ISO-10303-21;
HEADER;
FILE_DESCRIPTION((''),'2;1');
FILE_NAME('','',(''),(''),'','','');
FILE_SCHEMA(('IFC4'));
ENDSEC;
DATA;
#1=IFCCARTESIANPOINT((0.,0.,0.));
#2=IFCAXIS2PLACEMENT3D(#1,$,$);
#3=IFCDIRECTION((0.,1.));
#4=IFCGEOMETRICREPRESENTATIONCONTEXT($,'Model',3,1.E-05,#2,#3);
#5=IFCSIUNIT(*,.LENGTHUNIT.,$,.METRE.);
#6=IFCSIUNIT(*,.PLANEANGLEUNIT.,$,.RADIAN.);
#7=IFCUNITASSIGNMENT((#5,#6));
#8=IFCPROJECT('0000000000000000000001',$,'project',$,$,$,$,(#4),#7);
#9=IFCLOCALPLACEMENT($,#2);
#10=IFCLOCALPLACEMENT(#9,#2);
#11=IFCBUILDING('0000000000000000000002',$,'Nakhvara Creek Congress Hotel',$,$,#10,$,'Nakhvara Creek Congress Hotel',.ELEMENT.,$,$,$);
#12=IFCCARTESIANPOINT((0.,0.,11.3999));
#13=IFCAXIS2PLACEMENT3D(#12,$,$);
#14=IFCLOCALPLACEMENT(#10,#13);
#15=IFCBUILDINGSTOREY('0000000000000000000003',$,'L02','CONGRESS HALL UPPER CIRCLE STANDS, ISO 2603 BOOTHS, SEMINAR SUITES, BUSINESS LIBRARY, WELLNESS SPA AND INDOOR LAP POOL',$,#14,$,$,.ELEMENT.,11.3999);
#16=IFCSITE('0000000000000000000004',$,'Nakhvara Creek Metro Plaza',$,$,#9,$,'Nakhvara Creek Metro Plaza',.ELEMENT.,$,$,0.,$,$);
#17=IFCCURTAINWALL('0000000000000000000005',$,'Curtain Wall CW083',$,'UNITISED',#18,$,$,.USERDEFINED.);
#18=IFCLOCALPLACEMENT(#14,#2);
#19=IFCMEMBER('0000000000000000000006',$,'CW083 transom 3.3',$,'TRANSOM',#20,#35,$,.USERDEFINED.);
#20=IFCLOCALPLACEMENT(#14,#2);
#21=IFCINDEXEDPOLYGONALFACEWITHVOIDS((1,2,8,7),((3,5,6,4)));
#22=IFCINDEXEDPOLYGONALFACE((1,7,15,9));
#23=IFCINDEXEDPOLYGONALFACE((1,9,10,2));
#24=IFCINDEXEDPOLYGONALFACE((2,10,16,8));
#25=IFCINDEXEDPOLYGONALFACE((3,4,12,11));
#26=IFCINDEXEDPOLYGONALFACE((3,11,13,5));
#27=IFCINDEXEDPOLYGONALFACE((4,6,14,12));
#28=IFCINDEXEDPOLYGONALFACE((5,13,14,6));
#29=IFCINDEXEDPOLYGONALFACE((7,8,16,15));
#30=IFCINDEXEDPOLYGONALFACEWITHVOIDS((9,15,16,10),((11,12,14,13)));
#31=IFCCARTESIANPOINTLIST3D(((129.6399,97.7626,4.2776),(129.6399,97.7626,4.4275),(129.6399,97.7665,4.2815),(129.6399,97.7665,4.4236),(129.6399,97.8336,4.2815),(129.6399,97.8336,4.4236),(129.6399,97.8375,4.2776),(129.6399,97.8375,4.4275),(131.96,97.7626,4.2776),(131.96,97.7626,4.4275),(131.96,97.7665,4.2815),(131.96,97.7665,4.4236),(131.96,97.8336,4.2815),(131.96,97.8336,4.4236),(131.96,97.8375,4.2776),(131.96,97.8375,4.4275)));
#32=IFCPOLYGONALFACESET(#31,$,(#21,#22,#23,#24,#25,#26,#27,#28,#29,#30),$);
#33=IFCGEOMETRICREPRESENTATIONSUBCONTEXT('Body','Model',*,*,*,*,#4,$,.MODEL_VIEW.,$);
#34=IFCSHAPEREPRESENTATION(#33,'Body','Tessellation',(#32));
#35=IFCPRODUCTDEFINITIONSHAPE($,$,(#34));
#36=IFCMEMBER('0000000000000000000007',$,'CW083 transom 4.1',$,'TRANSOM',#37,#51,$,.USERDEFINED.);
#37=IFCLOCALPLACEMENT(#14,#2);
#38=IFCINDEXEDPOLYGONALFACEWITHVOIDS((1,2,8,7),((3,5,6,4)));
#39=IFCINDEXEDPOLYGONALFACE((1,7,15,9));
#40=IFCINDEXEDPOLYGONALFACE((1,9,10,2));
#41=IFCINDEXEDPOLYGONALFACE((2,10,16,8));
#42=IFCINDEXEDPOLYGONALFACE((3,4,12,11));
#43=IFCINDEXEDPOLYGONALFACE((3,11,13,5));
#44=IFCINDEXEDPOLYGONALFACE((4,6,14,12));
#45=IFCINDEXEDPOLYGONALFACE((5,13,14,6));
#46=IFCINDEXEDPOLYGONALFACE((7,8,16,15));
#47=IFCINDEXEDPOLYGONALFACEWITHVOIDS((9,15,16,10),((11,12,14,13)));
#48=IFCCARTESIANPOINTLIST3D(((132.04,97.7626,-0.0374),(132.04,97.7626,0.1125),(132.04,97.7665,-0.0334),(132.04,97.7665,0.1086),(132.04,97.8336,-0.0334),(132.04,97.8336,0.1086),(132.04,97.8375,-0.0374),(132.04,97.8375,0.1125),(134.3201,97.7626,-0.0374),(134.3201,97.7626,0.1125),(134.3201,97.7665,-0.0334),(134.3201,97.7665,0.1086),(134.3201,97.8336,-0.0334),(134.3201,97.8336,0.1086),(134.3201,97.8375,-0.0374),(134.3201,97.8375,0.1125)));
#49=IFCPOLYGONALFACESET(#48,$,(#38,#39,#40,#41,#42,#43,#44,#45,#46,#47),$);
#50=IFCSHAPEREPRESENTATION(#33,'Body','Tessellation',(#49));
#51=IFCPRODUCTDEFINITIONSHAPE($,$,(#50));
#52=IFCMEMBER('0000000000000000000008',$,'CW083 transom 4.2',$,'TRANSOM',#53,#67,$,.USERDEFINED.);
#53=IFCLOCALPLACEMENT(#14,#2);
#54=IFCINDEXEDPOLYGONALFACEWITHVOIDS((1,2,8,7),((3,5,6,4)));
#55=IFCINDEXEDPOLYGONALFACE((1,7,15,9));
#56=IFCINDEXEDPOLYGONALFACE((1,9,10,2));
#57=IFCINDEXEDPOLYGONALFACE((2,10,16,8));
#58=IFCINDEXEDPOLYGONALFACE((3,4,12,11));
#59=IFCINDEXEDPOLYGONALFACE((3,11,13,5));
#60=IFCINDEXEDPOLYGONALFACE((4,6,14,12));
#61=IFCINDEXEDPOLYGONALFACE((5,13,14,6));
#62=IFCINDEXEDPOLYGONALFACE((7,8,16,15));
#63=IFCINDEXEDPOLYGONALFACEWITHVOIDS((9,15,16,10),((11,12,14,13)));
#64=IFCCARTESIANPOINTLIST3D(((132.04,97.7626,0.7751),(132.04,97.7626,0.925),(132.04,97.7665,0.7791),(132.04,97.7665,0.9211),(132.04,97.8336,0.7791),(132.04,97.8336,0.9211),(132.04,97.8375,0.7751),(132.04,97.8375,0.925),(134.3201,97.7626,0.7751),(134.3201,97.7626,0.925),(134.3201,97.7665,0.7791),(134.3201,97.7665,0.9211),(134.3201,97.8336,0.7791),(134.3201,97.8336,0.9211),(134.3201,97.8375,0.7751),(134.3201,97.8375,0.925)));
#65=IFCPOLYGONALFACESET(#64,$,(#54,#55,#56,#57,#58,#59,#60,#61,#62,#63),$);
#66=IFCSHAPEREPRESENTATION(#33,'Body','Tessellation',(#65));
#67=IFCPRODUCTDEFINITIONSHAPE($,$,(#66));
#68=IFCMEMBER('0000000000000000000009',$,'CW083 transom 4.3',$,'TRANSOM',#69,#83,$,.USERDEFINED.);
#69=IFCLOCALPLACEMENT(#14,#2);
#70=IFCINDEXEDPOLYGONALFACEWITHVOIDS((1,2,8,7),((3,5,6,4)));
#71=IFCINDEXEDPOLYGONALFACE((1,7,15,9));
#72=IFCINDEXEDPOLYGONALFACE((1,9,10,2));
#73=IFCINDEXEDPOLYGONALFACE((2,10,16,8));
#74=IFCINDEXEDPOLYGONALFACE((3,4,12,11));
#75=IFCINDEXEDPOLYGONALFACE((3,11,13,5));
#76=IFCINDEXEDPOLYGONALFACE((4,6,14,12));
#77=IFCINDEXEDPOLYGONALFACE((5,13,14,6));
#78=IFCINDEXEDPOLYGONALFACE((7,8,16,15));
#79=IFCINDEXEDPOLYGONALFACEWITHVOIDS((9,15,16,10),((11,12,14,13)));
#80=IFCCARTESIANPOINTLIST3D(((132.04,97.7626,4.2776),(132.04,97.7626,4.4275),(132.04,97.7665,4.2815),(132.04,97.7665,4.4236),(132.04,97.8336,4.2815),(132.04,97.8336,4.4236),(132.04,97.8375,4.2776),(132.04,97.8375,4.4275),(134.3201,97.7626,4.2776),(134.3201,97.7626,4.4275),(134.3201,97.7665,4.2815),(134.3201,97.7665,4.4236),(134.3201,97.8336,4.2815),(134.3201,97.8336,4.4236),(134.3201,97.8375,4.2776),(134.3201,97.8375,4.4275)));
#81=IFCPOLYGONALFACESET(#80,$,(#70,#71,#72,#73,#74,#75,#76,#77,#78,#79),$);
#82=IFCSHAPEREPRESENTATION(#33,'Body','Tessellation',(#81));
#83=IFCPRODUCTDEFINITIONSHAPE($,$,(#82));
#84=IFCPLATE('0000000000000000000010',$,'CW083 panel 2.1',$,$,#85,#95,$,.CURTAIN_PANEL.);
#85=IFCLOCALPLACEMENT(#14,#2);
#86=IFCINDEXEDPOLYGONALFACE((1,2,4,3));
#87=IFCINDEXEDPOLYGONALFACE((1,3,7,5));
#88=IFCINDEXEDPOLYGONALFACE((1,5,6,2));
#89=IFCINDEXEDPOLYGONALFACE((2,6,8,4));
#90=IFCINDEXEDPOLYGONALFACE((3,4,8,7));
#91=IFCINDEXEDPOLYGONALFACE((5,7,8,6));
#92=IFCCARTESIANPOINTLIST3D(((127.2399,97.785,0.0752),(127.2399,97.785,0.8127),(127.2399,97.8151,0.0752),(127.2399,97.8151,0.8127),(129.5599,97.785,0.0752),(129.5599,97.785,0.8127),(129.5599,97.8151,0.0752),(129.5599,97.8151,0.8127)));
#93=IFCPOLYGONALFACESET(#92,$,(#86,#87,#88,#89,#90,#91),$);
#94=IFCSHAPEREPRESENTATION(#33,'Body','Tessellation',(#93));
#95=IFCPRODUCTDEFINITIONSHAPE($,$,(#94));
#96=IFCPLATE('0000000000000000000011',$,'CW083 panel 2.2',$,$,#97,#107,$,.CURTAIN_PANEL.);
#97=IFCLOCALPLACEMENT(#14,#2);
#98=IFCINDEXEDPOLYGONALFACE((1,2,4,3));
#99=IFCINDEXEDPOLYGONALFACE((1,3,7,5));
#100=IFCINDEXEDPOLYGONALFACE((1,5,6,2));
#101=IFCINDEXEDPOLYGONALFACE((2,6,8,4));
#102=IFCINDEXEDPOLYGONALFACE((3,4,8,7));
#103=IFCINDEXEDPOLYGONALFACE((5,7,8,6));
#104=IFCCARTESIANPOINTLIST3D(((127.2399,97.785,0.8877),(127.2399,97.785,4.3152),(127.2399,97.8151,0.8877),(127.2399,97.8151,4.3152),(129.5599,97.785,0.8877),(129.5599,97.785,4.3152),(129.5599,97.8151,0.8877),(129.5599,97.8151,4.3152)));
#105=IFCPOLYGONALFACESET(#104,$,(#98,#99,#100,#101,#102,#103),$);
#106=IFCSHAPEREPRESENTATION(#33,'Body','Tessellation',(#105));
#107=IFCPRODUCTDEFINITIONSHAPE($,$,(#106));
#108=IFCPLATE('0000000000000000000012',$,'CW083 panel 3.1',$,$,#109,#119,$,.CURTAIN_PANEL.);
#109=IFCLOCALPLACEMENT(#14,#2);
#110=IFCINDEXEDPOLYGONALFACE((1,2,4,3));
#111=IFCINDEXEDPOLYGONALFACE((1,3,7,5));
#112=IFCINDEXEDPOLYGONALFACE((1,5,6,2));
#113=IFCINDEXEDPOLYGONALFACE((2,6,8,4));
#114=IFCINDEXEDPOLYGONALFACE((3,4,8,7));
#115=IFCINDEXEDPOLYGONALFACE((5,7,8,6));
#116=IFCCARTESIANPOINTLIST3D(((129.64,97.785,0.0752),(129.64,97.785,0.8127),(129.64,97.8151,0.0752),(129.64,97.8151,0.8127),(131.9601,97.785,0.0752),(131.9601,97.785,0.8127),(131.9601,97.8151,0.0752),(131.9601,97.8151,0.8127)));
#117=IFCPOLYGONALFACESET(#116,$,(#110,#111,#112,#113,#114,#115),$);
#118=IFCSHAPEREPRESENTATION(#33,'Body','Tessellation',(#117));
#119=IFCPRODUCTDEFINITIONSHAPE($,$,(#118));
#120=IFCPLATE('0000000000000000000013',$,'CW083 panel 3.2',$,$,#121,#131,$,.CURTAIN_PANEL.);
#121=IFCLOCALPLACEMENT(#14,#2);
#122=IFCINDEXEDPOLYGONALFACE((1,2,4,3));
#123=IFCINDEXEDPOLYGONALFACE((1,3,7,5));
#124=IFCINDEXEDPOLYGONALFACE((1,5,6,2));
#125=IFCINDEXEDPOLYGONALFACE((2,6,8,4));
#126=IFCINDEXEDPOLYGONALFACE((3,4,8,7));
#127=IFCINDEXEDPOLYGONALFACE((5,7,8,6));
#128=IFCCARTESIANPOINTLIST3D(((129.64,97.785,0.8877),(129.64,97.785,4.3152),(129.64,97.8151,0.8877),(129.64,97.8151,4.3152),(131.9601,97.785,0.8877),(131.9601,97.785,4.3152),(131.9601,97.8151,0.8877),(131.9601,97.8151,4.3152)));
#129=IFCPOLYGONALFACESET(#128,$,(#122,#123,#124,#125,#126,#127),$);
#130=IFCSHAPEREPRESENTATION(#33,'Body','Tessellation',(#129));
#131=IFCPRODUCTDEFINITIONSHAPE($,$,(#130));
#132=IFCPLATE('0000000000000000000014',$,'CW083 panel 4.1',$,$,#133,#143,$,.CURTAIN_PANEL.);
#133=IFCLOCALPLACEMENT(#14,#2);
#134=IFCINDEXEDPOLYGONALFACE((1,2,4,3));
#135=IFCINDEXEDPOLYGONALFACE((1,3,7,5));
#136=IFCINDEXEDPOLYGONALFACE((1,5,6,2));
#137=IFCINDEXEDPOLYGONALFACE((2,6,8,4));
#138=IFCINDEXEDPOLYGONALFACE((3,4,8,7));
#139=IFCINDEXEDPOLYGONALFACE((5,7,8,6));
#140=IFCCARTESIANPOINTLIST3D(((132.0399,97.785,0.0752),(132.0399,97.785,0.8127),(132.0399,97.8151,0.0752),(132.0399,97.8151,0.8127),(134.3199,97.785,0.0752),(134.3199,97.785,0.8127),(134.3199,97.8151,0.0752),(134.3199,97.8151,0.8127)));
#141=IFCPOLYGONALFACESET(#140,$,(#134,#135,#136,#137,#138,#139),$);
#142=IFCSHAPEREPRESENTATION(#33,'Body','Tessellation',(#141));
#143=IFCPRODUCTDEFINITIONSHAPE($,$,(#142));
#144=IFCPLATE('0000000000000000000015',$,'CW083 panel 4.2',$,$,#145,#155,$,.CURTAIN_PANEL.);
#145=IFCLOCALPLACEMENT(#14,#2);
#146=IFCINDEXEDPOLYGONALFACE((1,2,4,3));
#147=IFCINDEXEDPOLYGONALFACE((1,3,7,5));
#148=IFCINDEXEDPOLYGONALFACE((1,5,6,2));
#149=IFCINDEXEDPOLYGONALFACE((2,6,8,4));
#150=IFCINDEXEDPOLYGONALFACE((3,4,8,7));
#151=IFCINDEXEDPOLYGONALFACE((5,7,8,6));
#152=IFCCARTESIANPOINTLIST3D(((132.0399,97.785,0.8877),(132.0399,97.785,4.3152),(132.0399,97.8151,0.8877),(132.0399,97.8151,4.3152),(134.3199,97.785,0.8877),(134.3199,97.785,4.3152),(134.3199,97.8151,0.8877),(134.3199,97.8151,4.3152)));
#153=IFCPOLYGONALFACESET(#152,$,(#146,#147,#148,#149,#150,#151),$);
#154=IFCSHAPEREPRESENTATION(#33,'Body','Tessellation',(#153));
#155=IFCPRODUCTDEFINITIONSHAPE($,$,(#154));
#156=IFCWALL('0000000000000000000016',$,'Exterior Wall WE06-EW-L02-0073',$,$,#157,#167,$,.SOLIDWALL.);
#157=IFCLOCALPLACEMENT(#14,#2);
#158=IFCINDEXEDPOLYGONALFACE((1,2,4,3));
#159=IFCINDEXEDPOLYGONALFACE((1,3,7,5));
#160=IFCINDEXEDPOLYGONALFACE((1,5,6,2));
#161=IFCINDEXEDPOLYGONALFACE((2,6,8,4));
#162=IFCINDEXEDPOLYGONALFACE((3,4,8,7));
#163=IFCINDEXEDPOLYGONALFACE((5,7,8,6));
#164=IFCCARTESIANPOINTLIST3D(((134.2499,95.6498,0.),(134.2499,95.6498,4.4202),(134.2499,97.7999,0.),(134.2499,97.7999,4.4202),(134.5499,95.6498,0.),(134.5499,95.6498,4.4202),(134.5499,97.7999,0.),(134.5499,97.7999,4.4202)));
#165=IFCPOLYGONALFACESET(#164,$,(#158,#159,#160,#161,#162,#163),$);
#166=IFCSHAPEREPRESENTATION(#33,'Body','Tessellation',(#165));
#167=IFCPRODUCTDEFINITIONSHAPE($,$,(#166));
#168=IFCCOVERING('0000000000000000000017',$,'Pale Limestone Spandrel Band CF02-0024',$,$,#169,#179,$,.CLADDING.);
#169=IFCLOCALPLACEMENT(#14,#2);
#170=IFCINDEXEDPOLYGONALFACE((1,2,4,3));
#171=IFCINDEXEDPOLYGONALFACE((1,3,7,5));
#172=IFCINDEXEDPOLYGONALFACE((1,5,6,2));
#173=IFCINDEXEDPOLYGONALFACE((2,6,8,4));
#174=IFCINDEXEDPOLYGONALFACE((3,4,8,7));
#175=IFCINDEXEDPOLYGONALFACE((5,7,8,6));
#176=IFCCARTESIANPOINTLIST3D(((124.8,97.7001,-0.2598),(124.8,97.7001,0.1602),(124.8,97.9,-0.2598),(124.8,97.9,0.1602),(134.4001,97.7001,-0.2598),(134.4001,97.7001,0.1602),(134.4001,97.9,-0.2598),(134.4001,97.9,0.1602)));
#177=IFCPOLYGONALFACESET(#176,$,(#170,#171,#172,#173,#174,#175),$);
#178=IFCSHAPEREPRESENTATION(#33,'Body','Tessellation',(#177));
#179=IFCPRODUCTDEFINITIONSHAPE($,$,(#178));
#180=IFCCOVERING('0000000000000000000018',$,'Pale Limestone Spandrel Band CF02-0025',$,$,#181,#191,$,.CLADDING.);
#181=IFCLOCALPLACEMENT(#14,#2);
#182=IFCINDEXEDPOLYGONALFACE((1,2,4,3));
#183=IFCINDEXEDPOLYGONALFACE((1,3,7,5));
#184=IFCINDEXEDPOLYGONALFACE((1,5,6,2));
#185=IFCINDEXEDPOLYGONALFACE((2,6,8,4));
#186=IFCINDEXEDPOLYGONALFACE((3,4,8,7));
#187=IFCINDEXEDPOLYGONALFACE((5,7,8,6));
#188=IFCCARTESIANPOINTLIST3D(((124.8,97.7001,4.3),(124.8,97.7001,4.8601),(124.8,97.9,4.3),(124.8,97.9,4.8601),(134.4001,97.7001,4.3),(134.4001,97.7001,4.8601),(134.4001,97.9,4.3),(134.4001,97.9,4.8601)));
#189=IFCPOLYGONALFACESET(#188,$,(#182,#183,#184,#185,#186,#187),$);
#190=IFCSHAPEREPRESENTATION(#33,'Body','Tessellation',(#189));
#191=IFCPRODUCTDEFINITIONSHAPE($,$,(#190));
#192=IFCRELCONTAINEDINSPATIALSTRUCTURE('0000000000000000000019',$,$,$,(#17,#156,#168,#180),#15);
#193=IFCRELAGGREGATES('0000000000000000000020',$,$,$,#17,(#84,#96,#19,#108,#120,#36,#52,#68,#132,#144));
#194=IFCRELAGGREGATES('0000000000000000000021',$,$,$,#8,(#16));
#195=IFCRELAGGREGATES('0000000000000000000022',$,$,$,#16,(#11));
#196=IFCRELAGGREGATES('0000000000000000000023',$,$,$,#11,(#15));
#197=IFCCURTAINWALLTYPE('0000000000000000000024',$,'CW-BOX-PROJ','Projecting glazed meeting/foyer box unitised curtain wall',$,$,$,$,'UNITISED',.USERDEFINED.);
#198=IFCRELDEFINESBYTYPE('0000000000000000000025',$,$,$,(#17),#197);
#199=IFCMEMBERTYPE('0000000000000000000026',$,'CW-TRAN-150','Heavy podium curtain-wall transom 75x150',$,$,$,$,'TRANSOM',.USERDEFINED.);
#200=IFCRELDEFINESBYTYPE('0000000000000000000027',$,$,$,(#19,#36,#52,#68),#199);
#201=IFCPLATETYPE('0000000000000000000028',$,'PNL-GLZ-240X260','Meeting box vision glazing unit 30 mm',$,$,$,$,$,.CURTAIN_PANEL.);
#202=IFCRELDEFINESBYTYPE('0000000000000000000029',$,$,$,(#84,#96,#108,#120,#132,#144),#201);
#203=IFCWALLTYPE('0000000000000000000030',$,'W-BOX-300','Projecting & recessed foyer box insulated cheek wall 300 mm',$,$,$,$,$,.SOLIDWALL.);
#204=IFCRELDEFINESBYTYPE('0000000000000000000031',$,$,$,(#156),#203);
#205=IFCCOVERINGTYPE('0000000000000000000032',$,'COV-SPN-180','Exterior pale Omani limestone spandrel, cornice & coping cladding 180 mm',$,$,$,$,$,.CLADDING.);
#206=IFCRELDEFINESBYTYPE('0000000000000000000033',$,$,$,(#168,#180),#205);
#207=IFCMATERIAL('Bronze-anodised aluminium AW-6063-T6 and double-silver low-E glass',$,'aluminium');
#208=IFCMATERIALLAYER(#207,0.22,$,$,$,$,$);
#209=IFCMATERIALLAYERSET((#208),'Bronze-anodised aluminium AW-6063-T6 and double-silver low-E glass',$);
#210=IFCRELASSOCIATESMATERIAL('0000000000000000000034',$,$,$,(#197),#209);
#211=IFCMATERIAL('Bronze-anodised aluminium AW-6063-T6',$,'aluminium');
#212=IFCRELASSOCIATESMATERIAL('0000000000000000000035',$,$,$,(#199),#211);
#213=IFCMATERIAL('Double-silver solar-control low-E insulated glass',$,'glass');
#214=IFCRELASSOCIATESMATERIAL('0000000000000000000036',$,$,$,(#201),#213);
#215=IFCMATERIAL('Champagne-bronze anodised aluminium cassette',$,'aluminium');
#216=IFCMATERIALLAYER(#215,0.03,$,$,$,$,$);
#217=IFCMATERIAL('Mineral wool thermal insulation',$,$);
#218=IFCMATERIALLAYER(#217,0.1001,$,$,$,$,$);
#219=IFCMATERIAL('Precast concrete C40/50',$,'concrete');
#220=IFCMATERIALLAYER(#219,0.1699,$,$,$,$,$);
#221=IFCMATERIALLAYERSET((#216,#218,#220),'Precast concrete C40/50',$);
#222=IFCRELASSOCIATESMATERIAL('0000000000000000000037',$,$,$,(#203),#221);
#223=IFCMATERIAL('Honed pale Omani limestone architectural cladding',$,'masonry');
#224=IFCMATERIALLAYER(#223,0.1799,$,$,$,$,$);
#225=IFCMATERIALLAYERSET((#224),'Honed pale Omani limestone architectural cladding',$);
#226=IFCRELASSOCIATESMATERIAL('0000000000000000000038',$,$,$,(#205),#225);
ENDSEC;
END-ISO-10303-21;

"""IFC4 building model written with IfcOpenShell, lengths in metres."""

from ifc_helpers import new_model, si_unit, direction, frame, frame_2d, origin, origin_2d, place, context, subcontext, project, spatial, rectangle, hollow_rectangle, extrude, material, layer, layer_set, material_profile, profile_set, type_object, element, aggregate, save


model = new_model("IFC4")

# Units and contexts
model_context = context("Model", 3, precision=1e-05, world=origin(), true_north=direction((0.0, 1.0)))
body_context = subcontext(model_context, "Body", "Model", "MODEL_VIEW")
ifc_project = project(units=[si_unit("LENGTHUNIT", "METRE"), si_unit("PLANEANGLEUNIT", "RADIAN")], contexts=[model_context])

# Site, building, storey
site_placement = place(None, origin())
site = spatial("IfcSite", under=ifc_project, at=site_placement, Name="Nakhvara Creek Metro Plaza", LongName="Nakhvara Creek Metro Plaza", CompositionType="ELEMENT", RefElevation=0.0)
building_placement = place(site_placement, origin())
building = spatial("IfcBuilding", under=site, at=building_placement, Name="Nakhvara Creek Congress Hotel", LongName="Nakhvara Creek Congress Hotel", CompositionType="ELEMENT")
storey_placement = place(building_placement, frame((0.0, 0.0, 11.3999)))
storey = spatial("IfcBuildingStorey", under=building, at=storey_placement, Name="L02", Description="CONGRESS HALL UPPER CIRCLE STANDS, ISO 2603 BOOTHS, SEMINAR SUITES, BUSINESS LIBRARY, WELLNESS SPA AND INDOOR LAP POOL", CompositionType="ELEMENT", Elevation=11.3999)

# Shared definitions
ifc_material_1 = material(Name="Bronze-anodised aluminium AW-6063-T6 and double-silver low-E glass", Category="aluminium")
ifc_material_2 = material(Name="Bronze-anodised aluminium AW-6063-T6", Category="aluminium")

# Curtain wall
ifc_layer_1 = layer(ifc_material_1, 0.22)
ifc_layer_set_1 = layer_set([ifc_layer_1], Name="Bronze-anodised aluminium AW-6063-T6 and double-silver low-E glass")
curtain_wall_type_1 = type_object("IfcCurtainWallType", Name="CW-BOX-PROJ", Description="Projecting glazed meeting/foyer box unitised curtain wall", ElementType="UNITISED", PredefinedType="USERDEFINED", material=ifc_layer_set_1)
curtain_wall_1_placement = place(storey_placement, origin())
curtain_wall_1 = element("IfcCurtainWall", 1, at=curtain_wall_1_placement, inside=storey, type_object=curtain_wall_type_1, Name="Curtain Wall CW083", ObjectType="UNITISED", PredefinedType="USERDEFINED")

# Members
ifc_material_profile_1 = material_profile(ifc_material_2, hollow_rectangle(XDim=0.075, YDim=0.1499, WallThickness=0.0039, at=origin_2d()), Name="ALU-TRAN 75x150x4", Category="LoadBearing")
ifc_profile_set_1 = profile_set([ifc_material_profile_1], Name="Bronze-anodised aluminium AW-6063-T6")
member_type_1 = type_object("IfcMemberType", Name="CW-TRAN-150", Description="Heavy podium curtain-wall transom 75x150", ElementType="TRANSOM", PredefinedType="USERDEFINED", material=ifc_profile_set_1)
member_1_placement = place(storey_placement, frame((129.6399, 97.8, 4.3525), z_axis=(1.0, 0.0, 0.0), x_axis=(0.0, 1.0, 0.0)))
member_1 = element("IfcMember", 2, at=member_1_placement, type_object=member_type_1, Name="CW083 transom 3.3", ObjectType="TRANSOM", PredefinedType="USERDEFINED", context=body_context, shape_type="SweptSolid", body=[
    extrude(hollow_rectangle(XDim=0.075, YDim=0.1499, WallThickness=0.0039, at=origin_2d()), origin(), (0.0, 0.0, 1.0), 2.3201),
])
member_2_placement = place(storey_placement, frame((132.04, 97.8, 0.0376), z_axis=(1.0, 0.0, 0.0), x_axis=(0.0, 1.0, 0.0)))
member_2 = element("IfcMember", 3, at=member_2_placement, type_object=member_type_1, Name="CW083 transom 4.1", ObjectType="TRANSOM", PredefinedType="USERDEFINED", context=body_context, shape_type="SweptSolid", body=[
    extrude(hollow_rectangle(XDim=0.075, YDim=0.1499, WallThickness=0.0039, at=origin_2d()), origin(), (0.0, 0.0, 1.0), 2.28),
])
member_3_placement = place(storey_placement, frame((132.04, 97.8, 0.8501), z_axis=(1.0, 0.0, 0.0), x_axis=(0.0, 1.0, 0.0)))
member_3 = element("IfcMember", 4, at=member_3_placement, type_object=member_type_1, Name="CW083 transom 4.2", ObjectType="TRANSOM", PredefinedType="USERDEFINED", context=body_context, shape_type="SweptSolid", body=[
    extrude(hollow_rectangle(XDim=0.075, YDim=0.1499, WallThickness=0.0039, at=origin_2d()), origin(), (0.0, 0.0, 1.0), 2.28),
])
member_4_placement = place(storey_placement, frame((132.04, 97.8, 4.3525), z_axis=(1.0, 0.0, 0.0), x_axis=(0.0, 1.0, 0.0)))
member_4 = element("IfcMember", 5, at=member_4_placement, type_object=member_type_1, Name="CW083 transom 4.3", ObjectType="TRANSOM", PredefinedType="USERDEFINED", context=body_context, shape_type="SweptSolid", body=[
    extrude(hollow_rectangle(XDim=0.075, YDim=0.1499, WallThickness=0.0039, at=origin_2d()), origin(), (0.0, 0.0, 1.0), 2.28),
])

# Plates
ifc_material_3 = material(Name="Double-silver solar-control low-E insulated glass", Category="glass")
plate_type = type_object("IfcPlateType", Name="PNL-GLZ-240X260", Description="Meeting box vision glazing unit 30 mm", PredefinedType="CURTAIN_PANEL", material=ifc_material_3)
plate_1_placement = place(storey_placement, frame((128.3999, 97.8, 0.0752), z_axis=(0.0, 0.0, 1.0), x_axis=(1.0, 0.0, 0.0)))
plate_1 = element("IfcPlate", 6, at=plate_1_placement, type_object=plate_type, Name="CW083 panel 2.1", PredefinedType="CURTAIN_PANEL", context=body_context, shape_type="SweptSolid", body=[
    extrude(rectangle(XDim=2.3201, YDim=0.03, at=origin_2d()), origin(), (0.0, 0.0, 1.0), 0.7375),
])
plate_2_placement = place(storey_placement, frame((128.3999, 97.8, 0.8877), z_axis=(0.0, 0.0, 1.0), x_axis=(1.0, 0.0, 0.0)))
plate_2 = element("IfcPlate", 7, at=plate_2_placement, type_object=plate_type, Name="CW083 panel 2.2", PredefinedType="CURTAIN_PANEL", context=body_context, shape_type="SweptSolid", body=[
    extrude(rectangle(XDim=2.3201, YDim=0.03, at=origin_2d()), origin(), (0.0, 0.0, 1.0), 3.4275),
])
plate_3_placement = place(storey_placement, frame((130.8, 97.8, 0.0752), z_axis=(0.0, 0.0, 1.0), x_axis=(1.0, 0.0, 0.0)))
plate_3 = element("IfcPlate", 8, at=plate_3_placement, type_object=plate_type, Name="CW083 panel 3.1", PredefinedType="CURTAIN_PANEL", context=body_context, shape_type="SweptSolid", body=[
    extrude(rectangle(XDim=2.3201, YDim=0.03, at=origin_2d()), origin(), (0.0, 0.0, 1.0), 0.7375),
])
plate_4_placement = place(storey_placement, frame((130.8, 97.8, 0.8877), z_axis=(0.0, 0.0, 1.0), x_axis=(1.0, 0.0, 0.0)))
plate_4 = element("IfcPlate", 9, at=plate_4_placement, type_object=plate_type, Name="CW083 panel 3.2", PredefinedType="CURTAIN_PANEL", context=body_context, shape_type="SweptSolid", body=[
    extrude(rectangle(XDim=2.3201, YDim=0.03, at=origin_2d()), origin(), (0.0, 0.0, 1.0), 3.4275),
])
plate_5_placement = place(storey_placement, frame((133.1799, 97.8, 0.0752), z_axis=(0.0, 0.0, 1.0), x_axis=(1.0, 0.0, 0.0)))
plate_5 = element("IfcPlate", 10, at=plate_5_placement, type_object=plate_type, Name="CW083 panel 4.1", PredefinedType="CURTAIN_PANEL", context=body_context, shape_type="SweptSolid", body=[
    extrude(rectangle(XDim=2.28, YDim=0.03, at=origin_2d()), origin(), (0.0, 0.0, 1.0), 0.7375),
])
plate_6_placement = place(storey_placement, frame((133.1799, 97.8, 0.8877), z_axis=(0.0, 0.0, 1.0), x_axis=(1.0, 0.0, 0.0)))
plate_6 = element("IfcPlate", 11, at=plate_6_placement, type_object=plate_type, Name="CW083 panel 4.2", PredefinedType="CURTAIN_PANEL", context=body_context, shape_type="SweptSolid", body=[
    extrude(rectangle(XDim=2.28, YDim=0.03, at=origin_2d()), origin(), (0.0, 0.0, 1.0), 3.4275),
])
aggregate(curtain_wall_1, [plate_1, plate_2, member_1, plate_3, plate_4, member_2, member_3, member_4, plate_5, plate_6])

# Wall
ifc_material_4 = material(Name="Champagne-bronze anodised aluminium cassette", Category="aluminium")
ifc_layer_2 = layer(ifc_material_4, 0.03)
ifc_material_5 = material(Name="Mineral wool thermal insulation")
ifc_layer_3 = layer(ifc_material_5, 0.1001)
ifc_material_6 = material(Name="Precast concrete C40/50", Category="concrete")
ifc_layer_4 = layer(ifc_material_6, 0.1699)
ifc_layer_set_2 = layer_set([ifc_layer_2, ifc_layer_3, ifc_layer_4], Name="Precast concrete C40/50")
wall_type = type_object("IfcWallType", Name="W-BOX-300", Description="Projecting & recessed foyer box insulated cheek wall 300 mm", PredefinedType="SOLIDWALL", material=ifc_layer_set_2)
wall_placement = place(storey_placement, frame((134.3999, 97.8, 0.0), z_axis=(0.0, 0.0, 1.0), x_axis=(0.0, -1.0, 0.0)))
element("IfcWall", 12, at=wall_placement, inside=storey, type_object=wall_type, Name="Exterior Wall WE06-EW-L02-0073", PredefinedType="SOLIDWALL", context=body_context, shape_type="SweptSolid", body=[
    extrude(rectangle(XDim=2.1501, YDim=0.3, at=frame_2d((1.0752, 0.0))), origin(), (0.0, 0.0, 1.0), 4.4202),
])

# Coverings
ifc_material_7 = material(Name="Honed pale Omani limestone architectural cladding", Category="masonry")
ifc_layer_5 = layer(ifc_material_7, 0.1799)
ifc_layer_set_3 = layer_set([ifc_layer_5], Name="Honed pale Omani limestone architectural cladding")
covering_type = type_object("IfcCoveringType", Name="COV-SPN-180", Description="Exterior pale Omani limestone spandrel, cornice & coping cladding 180 mm", PredefinedType="CLADDING", material=ifc_layer_set_3)
covering_1_placement = place(storey_placement, frame((129.6001, 97.8, -0.2598), z_axis=(0.0, 0.0, 1.0), x_axis=(1.0, 0.0, 0.0)))
element("IfcCovering", 13, at=covering_1_placement, inside=storey, type_object=covering_type, Name="Pale Limestone Spandrel Band CF02-0024", PredefinedType="CLADDING", context=body_context, shape_type="SweptSolid", body=[
    extrude(rectangle(XDim=9.6001, YDim=0.2, at=origin_2d()), origin(), (0.0, 0.0, 1.0), 0.4199),
])
covering_2_placement = place(storey_placement, frame((129.6001, 97.8, 4.3), z_axis=(0.0, 0.0, 1.0), x_axis=(1.0, 0.0, 0.0)))
element("IfcCovering", 14, at=covering_2_placement, inside=storey, type_object=covering_type, Name="Pale Limestone Spandrel Band CF02-0025", PredefinedType="CLADDING", context=body_context, shape_type="SweptSolid", body=[
    extrude(rectangle(XDim=9.6001, YDim=0.2, at=origin_2d()), origin(), (0.0, 0.0, 1.0), 0.5601),
])

save(model, "model.ifc")
